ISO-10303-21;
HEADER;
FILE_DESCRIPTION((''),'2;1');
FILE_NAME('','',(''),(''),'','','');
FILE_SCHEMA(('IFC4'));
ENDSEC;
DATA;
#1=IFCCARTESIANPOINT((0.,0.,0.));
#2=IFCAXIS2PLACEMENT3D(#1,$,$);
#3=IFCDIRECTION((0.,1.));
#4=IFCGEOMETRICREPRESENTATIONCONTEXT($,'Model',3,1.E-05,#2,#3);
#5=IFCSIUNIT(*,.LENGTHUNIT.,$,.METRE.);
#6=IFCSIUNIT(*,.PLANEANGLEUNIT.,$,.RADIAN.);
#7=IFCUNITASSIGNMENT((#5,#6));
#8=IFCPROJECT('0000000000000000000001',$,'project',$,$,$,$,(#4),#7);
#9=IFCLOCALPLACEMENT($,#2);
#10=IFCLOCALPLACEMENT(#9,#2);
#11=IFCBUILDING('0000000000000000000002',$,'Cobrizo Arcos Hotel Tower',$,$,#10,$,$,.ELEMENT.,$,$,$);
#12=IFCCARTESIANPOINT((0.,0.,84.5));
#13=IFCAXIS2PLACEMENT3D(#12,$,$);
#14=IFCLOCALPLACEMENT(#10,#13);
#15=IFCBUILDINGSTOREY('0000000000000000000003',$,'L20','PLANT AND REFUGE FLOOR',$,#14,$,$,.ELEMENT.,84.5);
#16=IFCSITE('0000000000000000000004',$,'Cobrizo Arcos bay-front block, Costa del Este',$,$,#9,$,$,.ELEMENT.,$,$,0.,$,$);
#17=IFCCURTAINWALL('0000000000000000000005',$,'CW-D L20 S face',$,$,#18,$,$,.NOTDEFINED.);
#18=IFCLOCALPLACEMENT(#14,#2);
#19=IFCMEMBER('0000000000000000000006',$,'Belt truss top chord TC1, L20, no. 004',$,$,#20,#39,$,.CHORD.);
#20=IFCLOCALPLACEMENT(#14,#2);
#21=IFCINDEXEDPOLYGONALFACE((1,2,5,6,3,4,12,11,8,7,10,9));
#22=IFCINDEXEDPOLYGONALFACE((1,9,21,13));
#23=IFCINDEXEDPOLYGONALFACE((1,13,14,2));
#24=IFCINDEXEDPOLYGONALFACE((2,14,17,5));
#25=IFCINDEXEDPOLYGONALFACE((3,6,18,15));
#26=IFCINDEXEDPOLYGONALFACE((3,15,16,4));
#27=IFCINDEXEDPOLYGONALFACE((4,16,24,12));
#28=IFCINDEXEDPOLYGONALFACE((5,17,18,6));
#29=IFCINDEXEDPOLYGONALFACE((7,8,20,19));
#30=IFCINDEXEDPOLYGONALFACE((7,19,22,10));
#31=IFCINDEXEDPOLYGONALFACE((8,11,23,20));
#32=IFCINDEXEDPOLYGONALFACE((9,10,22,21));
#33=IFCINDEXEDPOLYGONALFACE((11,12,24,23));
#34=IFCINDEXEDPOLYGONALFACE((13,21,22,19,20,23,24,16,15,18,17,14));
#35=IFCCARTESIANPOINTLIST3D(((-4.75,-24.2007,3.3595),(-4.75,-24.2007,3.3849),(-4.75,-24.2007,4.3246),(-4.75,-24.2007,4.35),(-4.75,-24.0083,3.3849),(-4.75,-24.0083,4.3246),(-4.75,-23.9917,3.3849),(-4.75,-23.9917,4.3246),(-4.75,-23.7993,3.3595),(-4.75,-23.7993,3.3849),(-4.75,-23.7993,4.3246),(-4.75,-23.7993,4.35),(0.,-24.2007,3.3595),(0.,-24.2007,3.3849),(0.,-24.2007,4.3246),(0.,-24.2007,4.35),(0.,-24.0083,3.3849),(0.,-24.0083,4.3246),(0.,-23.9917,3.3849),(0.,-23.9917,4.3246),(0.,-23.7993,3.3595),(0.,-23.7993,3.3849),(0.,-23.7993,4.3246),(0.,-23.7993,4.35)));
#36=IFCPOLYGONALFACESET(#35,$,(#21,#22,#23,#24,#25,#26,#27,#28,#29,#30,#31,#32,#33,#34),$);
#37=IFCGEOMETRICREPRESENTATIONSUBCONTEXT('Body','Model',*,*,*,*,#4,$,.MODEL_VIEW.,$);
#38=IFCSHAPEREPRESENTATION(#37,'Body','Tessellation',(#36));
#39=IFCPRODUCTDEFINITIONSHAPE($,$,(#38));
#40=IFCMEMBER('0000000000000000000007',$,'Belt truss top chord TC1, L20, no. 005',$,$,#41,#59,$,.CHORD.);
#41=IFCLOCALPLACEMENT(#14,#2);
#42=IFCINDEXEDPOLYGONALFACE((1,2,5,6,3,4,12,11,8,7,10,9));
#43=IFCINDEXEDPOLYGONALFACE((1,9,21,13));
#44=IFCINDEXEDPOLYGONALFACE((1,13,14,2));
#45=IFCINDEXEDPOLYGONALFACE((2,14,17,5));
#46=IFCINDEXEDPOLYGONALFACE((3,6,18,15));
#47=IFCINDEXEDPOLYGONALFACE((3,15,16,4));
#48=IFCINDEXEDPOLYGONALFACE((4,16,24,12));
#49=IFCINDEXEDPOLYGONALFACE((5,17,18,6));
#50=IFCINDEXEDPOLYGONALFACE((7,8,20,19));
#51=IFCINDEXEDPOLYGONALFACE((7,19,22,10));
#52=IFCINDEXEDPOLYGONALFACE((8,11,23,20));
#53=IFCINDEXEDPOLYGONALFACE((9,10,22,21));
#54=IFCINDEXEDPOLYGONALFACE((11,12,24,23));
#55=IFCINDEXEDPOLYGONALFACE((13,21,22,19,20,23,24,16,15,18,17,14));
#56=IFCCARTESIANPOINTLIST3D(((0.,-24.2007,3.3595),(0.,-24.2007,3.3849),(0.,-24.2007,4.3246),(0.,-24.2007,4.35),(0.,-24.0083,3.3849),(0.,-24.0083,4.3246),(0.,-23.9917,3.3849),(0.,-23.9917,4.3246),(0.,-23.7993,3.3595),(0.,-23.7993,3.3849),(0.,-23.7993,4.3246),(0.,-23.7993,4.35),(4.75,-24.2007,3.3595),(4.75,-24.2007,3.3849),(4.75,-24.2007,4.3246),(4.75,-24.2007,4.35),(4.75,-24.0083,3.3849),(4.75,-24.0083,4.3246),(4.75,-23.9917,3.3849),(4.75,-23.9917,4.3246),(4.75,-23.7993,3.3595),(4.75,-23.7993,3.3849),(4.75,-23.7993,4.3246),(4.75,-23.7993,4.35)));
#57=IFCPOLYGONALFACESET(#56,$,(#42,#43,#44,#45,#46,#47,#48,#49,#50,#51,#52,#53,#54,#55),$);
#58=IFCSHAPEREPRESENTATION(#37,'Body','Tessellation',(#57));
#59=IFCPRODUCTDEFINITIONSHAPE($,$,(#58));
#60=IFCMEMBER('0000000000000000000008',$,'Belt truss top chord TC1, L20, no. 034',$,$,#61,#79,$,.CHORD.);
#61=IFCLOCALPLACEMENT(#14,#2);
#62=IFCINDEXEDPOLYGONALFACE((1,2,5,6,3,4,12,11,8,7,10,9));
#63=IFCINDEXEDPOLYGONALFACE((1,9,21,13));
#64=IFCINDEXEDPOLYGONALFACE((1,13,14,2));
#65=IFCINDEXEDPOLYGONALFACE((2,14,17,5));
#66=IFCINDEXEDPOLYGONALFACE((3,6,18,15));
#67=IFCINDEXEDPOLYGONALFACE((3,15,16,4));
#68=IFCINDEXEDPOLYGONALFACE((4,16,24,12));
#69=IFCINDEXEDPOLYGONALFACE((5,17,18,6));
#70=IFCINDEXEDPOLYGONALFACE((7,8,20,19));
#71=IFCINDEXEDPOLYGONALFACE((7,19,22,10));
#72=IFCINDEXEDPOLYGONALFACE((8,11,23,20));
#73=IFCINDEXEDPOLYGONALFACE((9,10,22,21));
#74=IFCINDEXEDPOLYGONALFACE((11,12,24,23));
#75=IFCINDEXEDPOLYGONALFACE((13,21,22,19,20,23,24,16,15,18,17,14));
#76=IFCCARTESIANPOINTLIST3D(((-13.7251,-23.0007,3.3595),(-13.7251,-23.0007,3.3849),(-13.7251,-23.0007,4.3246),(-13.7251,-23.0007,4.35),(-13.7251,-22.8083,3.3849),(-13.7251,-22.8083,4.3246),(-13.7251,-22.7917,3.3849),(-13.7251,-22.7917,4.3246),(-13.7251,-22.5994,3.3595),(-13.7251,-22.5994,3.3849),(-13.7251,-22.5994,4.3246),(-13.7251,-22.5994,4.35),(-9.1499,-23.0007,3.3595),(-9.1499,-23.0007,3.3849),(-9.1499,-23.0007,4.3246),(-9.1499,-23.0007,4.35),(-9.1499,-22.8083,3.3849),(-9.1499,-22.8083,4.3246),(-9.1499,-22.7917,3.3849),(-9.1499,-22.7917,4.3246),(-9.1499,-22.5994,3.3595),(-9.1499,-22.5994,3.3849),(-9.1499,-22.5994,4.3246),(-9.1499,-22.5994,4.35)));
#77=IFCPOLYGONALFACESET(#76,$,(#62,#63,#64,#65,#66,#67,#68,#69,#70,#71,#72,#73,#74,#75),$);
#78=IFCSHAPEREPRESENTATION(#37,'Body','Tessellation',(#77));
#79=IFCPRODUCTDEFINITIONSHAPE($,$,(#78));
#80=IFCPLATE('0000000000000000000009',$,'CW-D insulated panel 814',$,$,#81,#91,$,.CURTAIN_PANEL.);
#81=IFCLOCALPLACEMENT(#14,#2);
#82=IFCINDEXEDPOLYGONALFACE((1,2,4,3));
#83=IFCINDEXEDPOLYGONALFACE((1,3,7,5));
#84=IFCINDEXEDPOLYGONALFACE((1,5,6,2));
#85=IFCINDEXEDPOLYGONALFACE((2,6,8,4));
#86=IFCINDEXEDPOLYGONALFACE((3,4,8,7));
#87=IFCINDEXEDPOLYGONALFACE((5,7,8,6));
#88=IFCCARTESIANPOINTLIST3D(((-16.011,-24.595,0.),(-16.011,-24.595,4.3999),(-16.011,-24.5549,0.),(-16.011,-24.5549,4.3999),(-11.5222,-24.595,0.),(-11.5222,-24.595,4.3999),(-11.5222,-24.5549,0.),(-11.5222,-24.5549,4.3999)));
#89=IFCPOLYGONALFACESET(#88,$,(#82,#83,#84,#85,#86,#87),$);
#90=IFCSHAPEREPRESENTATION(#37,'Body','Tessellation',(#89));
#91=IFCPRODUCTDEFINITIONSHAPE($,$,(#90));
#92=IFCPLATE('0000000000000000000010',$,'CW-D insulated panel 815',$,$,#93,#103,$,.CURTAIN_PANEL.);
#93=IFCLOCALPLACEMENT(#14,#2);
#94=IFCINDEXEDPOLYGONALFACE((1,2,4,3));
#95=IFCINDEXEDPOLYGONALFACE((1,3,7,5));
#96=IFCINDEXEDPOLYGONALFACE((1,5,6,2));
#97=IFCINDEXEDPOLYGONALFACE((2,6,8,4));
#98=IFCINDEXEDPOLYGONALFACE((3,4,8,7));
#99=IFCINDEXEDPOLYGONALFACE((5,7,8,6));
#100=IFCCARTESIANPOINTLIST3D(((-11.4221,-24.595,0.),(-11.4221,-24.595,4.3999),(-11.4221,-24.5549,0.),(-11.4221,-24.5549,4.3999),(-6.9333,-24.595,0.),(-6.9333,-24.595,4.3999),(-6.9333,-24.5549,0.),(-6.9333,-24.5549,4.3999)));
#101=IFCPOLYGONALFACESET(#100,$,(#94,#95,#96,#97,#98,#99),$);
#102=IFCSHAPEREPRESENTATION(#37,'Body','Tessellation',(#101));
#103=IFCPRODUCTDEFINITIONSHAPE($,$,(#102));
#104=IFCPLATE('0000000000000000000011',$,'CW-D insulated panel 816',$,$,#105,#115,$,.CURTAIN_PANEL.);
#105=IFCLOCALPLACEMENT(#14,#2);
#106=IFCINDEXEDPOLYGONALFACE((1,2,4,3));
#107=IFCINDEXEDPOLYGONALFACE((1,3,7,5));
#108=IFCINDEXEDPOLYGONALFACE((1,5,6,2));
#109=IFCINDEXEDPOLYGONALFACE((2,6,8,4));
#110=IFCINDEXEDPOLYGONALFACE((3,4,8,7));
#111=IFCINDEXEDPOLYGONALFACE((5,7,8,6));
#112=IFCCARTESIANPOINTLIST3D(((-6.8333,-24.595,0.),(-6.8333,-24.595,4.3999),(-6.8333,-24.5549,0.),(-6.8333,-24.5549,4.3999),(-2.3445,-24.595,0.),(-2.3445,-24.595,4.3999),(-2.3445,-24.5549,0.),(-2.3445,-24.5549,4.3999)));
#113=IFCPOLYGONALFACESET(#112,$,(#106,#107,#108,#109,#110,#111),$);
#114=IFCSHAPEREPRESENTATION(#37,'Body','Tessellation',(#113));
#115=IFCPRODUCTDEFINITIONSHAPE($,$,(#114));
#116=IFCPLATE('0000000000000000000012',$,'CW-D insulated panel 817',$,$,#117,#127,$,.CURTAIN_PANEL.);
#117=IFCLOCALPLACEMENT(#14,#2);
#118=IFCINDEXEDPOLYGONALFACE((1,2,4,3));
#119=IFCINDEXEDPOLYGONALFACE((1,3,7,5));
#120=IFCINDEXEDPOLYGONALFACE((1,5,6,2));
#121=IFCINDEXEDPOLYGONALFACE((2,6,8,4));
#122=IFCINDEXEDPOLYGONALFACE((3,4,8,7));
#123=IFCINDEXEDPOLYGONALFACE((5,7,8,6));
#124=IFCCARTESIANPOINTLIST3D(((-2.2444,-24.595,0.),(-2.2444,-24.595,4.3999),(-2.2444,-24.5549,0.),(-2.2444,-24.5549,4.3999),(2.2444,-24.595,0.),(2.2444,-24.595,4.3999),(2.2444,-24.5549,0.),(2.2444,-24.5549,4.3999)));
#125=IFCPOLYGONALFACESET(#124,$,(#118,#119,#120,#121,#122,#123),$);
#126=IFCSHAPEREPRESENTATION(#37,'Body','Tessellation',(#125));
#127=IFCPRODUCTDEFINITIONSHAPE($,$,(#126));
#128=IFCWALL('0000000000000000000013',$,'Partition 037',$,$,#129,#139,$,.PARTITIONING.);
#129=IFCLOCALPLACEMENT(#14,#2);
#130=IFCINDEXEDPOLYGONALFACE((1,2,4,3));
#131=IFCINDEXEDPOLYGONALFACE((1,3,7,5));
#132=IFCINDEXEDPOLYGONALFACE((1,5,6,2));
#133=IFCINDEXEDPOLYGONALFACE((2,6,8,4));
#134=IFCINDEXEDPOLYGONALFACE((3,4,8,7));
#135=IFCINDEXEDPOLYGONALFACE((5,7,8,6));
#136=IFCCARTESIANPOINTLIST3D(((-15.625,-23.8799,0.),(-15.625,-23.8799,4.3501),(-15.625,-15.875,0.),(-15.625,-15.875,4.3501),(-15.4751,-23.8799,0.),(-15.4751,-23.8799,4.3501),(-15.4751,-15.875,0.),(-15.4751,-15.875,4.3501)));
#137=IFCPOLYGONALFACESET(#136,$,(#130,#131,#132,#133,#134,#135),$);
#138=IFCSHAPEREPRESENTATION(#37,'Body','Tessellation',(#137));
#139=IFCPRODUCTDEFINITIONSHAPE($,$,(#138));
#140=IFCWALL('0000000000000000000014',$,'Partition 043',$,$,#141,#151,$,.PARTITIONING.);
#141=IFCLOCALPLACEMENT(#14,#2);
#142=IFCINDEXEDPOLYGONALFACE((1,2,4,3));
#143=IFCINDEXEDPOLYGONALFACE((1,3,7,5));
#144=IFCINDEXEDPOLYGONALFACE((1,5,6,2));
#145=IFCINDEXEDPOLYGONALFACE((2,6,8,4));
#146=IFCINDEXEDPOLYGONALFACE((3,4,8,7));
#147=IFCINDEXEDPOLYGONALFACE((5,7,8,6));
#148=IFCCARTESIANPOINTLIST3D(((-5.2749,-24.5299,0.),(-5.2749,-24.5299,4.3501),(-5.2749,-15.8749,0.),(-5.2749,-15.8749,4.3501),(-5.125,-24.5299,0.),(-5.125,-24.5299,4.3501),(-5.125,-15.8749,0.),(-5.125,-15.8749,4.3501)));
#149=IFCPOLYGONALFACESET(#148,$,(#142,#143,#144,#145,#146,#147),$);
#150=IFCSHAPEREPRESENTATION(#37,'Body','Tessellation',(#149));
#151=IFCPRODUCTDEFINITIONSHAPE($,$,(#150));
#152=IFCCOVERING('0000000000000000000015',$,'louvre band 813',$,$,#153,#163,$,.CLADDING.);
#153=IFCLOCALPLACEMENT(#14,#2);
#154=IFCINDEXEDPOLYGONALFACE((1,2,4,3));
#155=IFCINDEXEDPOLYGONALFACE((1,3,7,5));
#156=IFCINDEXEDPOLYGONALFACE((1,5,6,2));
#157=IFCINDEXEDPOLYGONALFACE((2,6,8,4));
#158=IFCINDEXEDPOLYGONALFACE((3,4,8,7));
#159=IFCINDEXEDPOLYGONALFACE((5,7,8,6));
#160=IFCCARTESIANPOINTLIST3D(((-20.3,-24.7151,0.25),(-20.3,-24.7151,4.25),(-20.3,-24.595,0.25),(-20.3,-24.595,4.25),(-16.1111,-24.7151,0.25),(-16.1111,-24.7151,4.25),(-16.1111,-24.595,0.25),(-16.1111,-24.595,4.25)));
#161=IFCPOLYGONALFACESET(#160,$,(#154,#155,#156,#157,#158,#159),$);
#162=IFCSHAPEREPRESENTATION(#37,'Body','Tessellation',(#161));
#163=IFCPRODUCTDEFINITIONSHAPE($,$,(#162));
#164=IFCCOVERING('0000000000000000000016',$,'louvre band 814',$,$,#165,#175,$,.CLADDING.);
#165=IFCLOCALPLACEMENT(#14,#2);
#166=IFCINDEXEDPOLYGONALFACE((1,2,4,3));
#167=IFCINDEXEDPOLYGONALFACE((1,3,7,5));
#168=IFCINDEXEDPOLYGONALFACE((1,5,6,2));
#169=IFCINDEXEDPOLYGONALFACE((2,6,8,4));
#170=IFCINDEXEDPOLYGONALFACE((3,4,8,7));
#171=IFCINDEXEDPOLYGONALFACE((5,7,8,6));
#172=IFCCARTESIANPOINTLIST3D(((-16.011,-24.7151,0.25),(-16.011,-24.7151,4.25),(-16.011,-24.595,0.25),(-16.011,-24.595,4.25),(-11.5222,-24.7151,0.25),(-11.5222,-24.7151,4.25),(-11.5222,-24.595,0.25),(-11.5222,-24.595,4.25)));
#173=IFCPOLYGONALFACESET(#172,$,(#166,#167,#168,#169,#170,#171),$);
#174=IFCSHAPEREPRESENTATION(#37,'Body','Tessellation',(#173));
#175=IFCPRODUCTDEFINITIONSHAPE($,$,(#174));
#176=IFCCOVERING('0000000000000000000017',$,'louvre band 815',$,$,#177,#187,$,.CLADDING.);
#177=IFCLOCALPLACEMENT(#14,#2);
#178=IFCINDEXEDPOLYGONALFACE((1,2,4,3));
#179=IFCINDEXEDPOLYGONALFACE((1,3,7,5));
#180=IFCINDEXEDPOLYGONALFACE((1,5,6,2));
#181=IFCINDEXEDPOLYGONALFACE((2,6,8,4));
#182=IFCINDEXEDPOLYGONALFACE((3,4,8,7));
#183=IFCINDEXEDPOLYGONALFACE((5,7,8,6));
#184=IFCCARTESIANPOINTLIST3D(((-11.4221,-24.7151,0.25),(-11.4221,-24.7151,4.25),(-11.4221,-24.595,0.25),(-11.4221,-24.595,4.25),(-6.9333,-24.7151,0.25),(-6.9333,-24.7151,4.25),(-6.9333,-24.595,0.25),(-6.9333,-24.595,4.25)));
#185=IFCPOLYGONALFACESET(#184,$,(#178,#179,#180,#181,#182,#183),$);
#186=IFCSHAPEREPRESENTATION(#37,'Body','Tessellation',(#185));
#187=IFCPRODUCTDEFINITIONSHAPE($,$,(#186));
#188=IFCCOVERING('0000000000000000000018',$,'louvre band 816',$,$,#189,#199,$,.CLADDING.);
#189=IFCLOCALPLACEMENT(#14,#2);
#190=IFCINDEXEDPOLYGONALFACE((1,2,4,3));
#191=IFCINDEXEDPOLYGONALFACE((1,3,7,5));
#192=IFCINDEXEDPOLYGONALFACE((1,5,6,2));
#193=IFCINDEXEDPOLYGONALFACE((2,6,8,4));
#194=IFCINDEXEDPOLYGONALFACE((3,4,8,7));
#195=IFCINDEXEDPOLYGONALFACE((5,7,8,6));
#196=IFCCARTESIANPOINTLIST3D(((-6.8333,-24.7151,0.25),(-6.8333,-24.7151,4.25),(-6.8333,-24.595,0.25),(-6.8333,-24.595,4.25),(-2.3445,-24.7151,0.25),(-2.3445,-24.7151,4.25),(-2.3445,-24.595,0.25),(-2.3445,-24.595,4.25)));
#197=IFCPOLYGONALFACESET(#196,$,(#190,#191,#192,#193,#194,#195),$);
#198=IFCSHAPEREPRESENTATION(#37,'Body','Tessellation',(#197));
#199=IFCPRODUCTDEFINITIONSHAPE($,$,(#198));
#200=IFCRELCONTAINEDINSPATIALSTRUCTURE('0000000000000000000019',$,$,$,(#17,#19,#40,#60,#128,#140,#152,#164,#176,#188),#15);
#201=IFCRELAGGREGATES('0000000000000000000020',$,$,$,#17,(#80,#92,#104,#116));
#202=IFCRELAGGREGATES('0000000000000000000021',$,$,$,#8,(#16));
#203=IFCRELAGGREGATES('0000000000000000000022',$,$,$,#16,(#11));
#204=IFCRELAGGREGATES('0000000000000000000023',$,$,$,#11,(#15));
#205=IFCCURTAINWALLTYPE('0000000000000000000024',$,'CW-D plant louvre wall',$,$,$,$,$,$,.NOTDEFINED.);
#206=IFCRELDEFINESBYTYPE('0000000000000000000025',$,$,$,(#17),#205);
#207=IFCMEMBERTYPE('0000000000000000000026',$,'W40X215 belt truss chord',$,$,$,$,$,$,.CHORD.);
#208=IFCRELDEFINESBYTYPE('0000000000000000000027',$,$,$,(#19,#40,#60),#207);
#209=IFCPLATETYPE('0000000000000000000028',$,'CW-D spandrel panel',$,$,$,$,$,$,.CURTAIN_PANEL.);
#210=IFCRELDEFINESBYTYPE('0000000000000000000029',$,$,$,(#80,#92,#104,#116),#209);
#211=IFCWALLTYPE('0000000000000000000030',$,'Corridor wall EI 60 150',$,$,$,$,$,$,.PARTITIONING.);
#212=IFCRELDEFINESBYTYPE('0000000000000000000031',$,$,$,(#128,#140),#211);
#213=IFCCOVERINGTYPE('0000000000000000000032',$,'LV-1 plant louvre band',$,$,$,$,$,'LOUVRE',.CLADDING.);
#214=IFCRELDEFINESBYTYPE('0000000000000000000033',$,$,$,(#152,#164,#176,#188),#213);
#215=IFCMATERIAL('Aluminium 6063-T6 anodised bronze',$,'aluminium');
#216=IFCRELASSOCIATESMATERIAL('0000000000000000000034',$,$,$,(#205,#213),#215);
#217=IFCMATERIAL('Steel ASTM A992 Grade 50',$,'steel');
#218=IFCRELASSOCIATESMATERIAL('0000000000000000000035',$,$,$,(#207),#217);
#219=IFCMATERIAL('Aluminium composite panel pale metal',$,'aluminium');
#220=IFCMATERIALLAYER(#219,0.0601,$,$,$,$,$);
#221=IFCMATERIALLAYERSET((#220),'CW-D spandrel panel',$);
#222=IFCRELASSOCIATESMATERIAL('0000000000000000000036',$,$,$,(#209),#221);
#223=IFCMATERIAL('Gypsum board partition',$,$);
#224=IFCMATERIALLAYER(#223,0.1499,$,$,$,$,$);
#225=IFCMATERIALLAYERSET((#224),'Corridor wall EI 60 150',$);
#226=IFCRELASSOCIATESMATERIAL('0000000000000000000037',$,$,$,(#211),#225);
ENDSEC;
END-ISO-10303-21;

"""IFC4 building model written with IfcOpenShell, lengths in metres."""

from ifc_helpers import new_model, si_unit, direction, frame, frame_2d, origin, origin_2d, place, context, subcontext, project, spatial, rectangle, i_section, extrude, material, layer, layer_set, material_profile, profile_set, type_object, element, aggregate, save


model = new_model("IFC4")

# Units and contexts
model_context = context("Model", 3, precision=1e-05, world=origin(), true_north=direction((0.0, 1.0)))
body_context = subcontext(model_context, "Body", "Model", "MODEL_VIEW")
ifc_project = project(units=[si_unit("LENGTHUNIT", "METRE"), si_unit("PLANEANGLEUNIT", "RADIAN")], contexts=[model_context])

# Site, building, storey
site_placement = place(None, origin())
site = spatial("IfcSite", under=ifc_project, at=site_placement, Name="Cobrizo Arcos bay-front block, Costa del Este", CompositionType="ELEMENT", RefElevation=0.0)
building_placement = place(site_placement, origin())
building = spatial("IfcBuilding", under=site, at=building_placement, Name="Cobrizo Arcos Hotel Tower", CompositionType="ELEMENT")
storey_placement = place(building_placement, frame((0.0, 0.0, 84.5)))
storey = spatial("IfcBuildingStorey", under=building, at=storey_placement, Name="L20", Description="PLANT AND REFUGE FLOOR", CompositionType="ELEMENT", Elevation=84.5)

# Curtain wall
ifc_material_1 = material(Name="Aluminium 6063-T6 anodised bronze", Category="aluminium")
curtain_wall_type = type_object("IfcCurtainWallType", Name="CW-D plant louvre wall", PredefinedType="NOTDEFINED", material=ifc_material_1)
curtain_wall_placement = place(storey_placement, origin())
curtain_wall = element("IfcCurtainWall", 1, at=curtain_wall_placement, inside=storey, type_object=curtain_wall_type, Name="CW-D L20 S face", PredefinedType="NOTDEFINED")

# Members
ifc_material_2 = material(Name="Steel ASTM A992 Grade 50", Category="steel")
ifc_material_profile_1 = material_profile(ifc_material_2, i_section(OverallWidth=0.4014, OverallDepth=0.9905, WebThickness=0.0166, FlangeThickness=0.0254, at=origin_2d()), Name="W40X215")
ifc_profile_set_1 = profile_set([ifc_material_profile_1], Name="Steel ASTM A992 Grade 50")
member_type_1 = type_object("IfcMemberType", Name="W40X215 belt truss chord", PredefinedType="CHORD", material=ifc_profile_set_1)
for number, where, z_axis, x_axis, name in (
    (2, (-4.75, -24.0, 3.8547), (1.0, 0.0, 0.0), (0.0, 1.0, 0.0), "Belt truss top chord TC1, L20, no. 004"),
    (3, (0.0, -24.0, 3.8547), (1.0, 0.0, 0.0), (0.0, 1.0, 0.0), "Belt truss top chord TC1, L20, no. 005"),
):
    element("IfcMember", number, at=place(storey_placement, frame(where, z_axis=z_axis, x_axis=x_axis)), inside=storey, type_object=member_type_1, Name=name, PredefinedType="CHORD", context=body_context, shape_type="SweptSolid", body=[
        extrude(i_section(OverallWidth=0.4014, OverallDepth=0.9905, WebThickness=0.0166, FlangeThickness=0.0254, at=origin_2d()), origin(), (0.0, 0.0, 1.0), 4.75),
    ])
member_1_placement = place(storey_placement, frame((-13.7251, -22.8, 3.8547), z_axis=(1.0, 0.0, 0.0), x_axis=(0.0, 1.0, 0.0)))
element("IfcMember", 4, at=member_1_placement, inside=storey, type_object=member_type_1, Name="Belt truss top chord TC1, L20, no. 034", PredefinedType="CHORD", context=body_context, shape_type="SweptSolid", body=[
    extrude(i_section(OverallWidth=0.4014, OverallDepth=0.9905, WebThickness=0.0166, FlangeThickness=0.0254, at=origin_2d()), origin(), (0.0, 0.0, 1.0), 4.5752),
])

# Plates
ifc_material_3 = material(Name="Aluminium composite panel pale metal", Category="aluminium")
ifc_layer_1 = layer(ifc_material_3, 0.0601)
ifc_layer_set_1 = layer_set([ifc_layer_1], Name="CW-D spandrel panel")
plate_type = type_object("IfcPlateType", Name="CW-D spandrel panel", PredefinedType="CURTAIN_PANEL", material=ifc_layer_set_1)
plate_1_placement = place(storey_placement, frame((-13.7666, -24.575, 0.0), z_axis=(0.0, 0.0, 1.0), x_axis=(1.0, 0.0, 0.0)))
plate_1 = element("IfcPlate", 5, at=plate_1_placement, type_object=plate_type, Name="CW-D insulated panel 814", PredefinedType="CURTAIN_PANEL", context=body_context, shape_type="SweptSolid", body=[
    extrude(rectangle(XDim=4.4888, YDim=0.04, at=origin_2d()), origin(), (0.0, 0.0, 1.0), 4.3999),
])
plate_2_placement = place(storey_placement, frame((-9.1777, -24.575, 0.0), z_axis=(0.0, 0.0, 1.0), x_axis=(1.0, 0.0, 0.0)))
plate_2 = element("IfcPlate", 6, at=plate_2_placement, type_object=plate_type, Name="CW-D insulated panel 815", PredefinedType="CURTAIN_PANEL", context=body_context, shape_type="SweptSolid", body=[
    extrude(rectangle(XDim=4.4888, YDim=0.04, at=origin_2d()), origin(), (0.0, 0.0, 1.0), 4.3999),
])
plate_3_placement = place(storey_placement, frame((-4.5889, -24.575, 0.0), z_axis=(0.0, 0.0, 1.0), x_axis=(1.0, 0.0, 0.0)))
plate_3 = element("IfcPlate", 7, at=plate_3_placement, type_object=plate_type, Name="CW-D insulated panel 816", PredefinedType="CURTAIN_PANEL", context=body_context, shape_type="SweptSolid", body=[
    extrude(rectangle(XDim=4.4888, YDim=0.04, at=origin_2d()), origin(), (0.0, 0.0, 1.0), 4.3999),
])
plate_4_placement = place(storey_placement, frame((0.0, -24.575, 0.0), z_axis=(0.0, 0.0, 1.0), x_axis=(1.0, 0.0, 0.0)))
plate_4 = element("IfcPlate", 8, at=plate_4_placement, type_object=plate_type, Name="CW-D insulated panel 817", PredefinedType="CURTAIN_PANEL", context=body_context, shape_type="SweptSolid", body=[
    extrude(rectangle(XDim=4.4888, YDim=0.04, at=origin_2d()), origin(), (0.0, 0.0, 1.0), 4.3999),
])
aggregate(curtain_wall, [plate_1, plate_2, plate_3, plate_4])

# Walls
ifc_material_4 = material(Name="Gypsum board partition")
ifc_layer_2 = layer(ifc_material_4, 0.1499)
ifc_layer_set_2 = layer_set([ifc_layer_2], Name="Corridor wall EI 60 150")
wall_type = type_object("IfcWallType", Name="Corridor wall EI 60 150", PredefinedType="PARTITIONING", material=ifc_layer_set_2)
wall_1_placement = place(storey_placement, frame((-15.55, -23.8799, 0.0), z_axis=(0.0, 0.0, 1.0), x_axis=(0.0, 1.0, 0.0)))
element("IfcWall", 9, at=wall_1_placement, inside=storey, type_object=wall_type, Name="Partition 037", PredefinedType="PARTITIONING", context=body_context, shape_type="SweptSolid", body=[
    extrude(rectangle(XDim=8.0049, YDim=0.1499, at=frame_2d((4.0024, 0.0))), origin(), (0.0, 0.0, 1.0), 4.3501),
])
wall_2_placement = place(storey_placement, frame((-5.2, -24.53, 0.0), z_axis=(0.0, 0.0, 1.0), x_axis=(0.0, 1.0, 0.0)))
element("IfcWall", 10, at=wall_2_placement, inside=storey, type_object=wall_type, Name="Partition 043", PredefinedType="PARTITIONING", context=body_context, shape_type="SweptSolid", body=[
    extrude(rectangle(XDim=8.655, YDim=0.1499, at=frame_2d((4.3276, 0.0))), origin(), (0.0, 0.0, 1.0), 4.3501),
])

# Coverings
covering_type = type_object("IfcCoveringType", Name="LV-1 plant louvre band", ElementType="LOUVRE", PredefinedType="CLADDING", material=ifc_material_1)
covering_placement = place(storey_placement, frame((-18.2056, -24.655, 0.25), z_axis=(0.0, 0.0, 1.0), x_axis=(1.0, 0.0, 0.0)))
element("IfcCovering", 11, at=covering_placement, inside=storey, type_object=covering_type, Name="louvre band 813", PredefinedType="CLADDING", context=body_context, shape_type="SweptSolid", body=[
    extrude(rectangle(XDim=4.189, YDim=0.1201, at=origin_2d()), origin(), (0.0, 0.0, 1.0), 4.0),
])
for number, where, z_axis, x_axis, name in (
    (12, (-13.7666, -24.655, 0.25), (0.0, 0.0, 1.0), (1.0, 0.0, 0.0), "louvre band 814"),
    (13, (-9.1777, -24.655, 0.25), (0.0, 0.0, 1.0), (1.0, 0.0, 0.0), "louvre band 815"),
    (14, (-4.5889, -24.655, 0.25), (0.0, 0.0, 1.0), (1.0, 0.0, 0.0), "louvre band 816"),
):
    element("IfcCovering", number, at=place(storey_placement, frame(where, z_axis=z_axis, x_axis=x_axis)), inside=storey, type_object=covering_type, Name=name, PredefinedType="CLADDING", context=body_context, shape_type="SweptSolid", body=[
        extrude(rectangle(XDim=4.4888, YDim=0.1201, at=origin_2d()), origin(), (0.0, 0.0, 1.0), 4.0),
    ])

save(model, "model.ifc")
